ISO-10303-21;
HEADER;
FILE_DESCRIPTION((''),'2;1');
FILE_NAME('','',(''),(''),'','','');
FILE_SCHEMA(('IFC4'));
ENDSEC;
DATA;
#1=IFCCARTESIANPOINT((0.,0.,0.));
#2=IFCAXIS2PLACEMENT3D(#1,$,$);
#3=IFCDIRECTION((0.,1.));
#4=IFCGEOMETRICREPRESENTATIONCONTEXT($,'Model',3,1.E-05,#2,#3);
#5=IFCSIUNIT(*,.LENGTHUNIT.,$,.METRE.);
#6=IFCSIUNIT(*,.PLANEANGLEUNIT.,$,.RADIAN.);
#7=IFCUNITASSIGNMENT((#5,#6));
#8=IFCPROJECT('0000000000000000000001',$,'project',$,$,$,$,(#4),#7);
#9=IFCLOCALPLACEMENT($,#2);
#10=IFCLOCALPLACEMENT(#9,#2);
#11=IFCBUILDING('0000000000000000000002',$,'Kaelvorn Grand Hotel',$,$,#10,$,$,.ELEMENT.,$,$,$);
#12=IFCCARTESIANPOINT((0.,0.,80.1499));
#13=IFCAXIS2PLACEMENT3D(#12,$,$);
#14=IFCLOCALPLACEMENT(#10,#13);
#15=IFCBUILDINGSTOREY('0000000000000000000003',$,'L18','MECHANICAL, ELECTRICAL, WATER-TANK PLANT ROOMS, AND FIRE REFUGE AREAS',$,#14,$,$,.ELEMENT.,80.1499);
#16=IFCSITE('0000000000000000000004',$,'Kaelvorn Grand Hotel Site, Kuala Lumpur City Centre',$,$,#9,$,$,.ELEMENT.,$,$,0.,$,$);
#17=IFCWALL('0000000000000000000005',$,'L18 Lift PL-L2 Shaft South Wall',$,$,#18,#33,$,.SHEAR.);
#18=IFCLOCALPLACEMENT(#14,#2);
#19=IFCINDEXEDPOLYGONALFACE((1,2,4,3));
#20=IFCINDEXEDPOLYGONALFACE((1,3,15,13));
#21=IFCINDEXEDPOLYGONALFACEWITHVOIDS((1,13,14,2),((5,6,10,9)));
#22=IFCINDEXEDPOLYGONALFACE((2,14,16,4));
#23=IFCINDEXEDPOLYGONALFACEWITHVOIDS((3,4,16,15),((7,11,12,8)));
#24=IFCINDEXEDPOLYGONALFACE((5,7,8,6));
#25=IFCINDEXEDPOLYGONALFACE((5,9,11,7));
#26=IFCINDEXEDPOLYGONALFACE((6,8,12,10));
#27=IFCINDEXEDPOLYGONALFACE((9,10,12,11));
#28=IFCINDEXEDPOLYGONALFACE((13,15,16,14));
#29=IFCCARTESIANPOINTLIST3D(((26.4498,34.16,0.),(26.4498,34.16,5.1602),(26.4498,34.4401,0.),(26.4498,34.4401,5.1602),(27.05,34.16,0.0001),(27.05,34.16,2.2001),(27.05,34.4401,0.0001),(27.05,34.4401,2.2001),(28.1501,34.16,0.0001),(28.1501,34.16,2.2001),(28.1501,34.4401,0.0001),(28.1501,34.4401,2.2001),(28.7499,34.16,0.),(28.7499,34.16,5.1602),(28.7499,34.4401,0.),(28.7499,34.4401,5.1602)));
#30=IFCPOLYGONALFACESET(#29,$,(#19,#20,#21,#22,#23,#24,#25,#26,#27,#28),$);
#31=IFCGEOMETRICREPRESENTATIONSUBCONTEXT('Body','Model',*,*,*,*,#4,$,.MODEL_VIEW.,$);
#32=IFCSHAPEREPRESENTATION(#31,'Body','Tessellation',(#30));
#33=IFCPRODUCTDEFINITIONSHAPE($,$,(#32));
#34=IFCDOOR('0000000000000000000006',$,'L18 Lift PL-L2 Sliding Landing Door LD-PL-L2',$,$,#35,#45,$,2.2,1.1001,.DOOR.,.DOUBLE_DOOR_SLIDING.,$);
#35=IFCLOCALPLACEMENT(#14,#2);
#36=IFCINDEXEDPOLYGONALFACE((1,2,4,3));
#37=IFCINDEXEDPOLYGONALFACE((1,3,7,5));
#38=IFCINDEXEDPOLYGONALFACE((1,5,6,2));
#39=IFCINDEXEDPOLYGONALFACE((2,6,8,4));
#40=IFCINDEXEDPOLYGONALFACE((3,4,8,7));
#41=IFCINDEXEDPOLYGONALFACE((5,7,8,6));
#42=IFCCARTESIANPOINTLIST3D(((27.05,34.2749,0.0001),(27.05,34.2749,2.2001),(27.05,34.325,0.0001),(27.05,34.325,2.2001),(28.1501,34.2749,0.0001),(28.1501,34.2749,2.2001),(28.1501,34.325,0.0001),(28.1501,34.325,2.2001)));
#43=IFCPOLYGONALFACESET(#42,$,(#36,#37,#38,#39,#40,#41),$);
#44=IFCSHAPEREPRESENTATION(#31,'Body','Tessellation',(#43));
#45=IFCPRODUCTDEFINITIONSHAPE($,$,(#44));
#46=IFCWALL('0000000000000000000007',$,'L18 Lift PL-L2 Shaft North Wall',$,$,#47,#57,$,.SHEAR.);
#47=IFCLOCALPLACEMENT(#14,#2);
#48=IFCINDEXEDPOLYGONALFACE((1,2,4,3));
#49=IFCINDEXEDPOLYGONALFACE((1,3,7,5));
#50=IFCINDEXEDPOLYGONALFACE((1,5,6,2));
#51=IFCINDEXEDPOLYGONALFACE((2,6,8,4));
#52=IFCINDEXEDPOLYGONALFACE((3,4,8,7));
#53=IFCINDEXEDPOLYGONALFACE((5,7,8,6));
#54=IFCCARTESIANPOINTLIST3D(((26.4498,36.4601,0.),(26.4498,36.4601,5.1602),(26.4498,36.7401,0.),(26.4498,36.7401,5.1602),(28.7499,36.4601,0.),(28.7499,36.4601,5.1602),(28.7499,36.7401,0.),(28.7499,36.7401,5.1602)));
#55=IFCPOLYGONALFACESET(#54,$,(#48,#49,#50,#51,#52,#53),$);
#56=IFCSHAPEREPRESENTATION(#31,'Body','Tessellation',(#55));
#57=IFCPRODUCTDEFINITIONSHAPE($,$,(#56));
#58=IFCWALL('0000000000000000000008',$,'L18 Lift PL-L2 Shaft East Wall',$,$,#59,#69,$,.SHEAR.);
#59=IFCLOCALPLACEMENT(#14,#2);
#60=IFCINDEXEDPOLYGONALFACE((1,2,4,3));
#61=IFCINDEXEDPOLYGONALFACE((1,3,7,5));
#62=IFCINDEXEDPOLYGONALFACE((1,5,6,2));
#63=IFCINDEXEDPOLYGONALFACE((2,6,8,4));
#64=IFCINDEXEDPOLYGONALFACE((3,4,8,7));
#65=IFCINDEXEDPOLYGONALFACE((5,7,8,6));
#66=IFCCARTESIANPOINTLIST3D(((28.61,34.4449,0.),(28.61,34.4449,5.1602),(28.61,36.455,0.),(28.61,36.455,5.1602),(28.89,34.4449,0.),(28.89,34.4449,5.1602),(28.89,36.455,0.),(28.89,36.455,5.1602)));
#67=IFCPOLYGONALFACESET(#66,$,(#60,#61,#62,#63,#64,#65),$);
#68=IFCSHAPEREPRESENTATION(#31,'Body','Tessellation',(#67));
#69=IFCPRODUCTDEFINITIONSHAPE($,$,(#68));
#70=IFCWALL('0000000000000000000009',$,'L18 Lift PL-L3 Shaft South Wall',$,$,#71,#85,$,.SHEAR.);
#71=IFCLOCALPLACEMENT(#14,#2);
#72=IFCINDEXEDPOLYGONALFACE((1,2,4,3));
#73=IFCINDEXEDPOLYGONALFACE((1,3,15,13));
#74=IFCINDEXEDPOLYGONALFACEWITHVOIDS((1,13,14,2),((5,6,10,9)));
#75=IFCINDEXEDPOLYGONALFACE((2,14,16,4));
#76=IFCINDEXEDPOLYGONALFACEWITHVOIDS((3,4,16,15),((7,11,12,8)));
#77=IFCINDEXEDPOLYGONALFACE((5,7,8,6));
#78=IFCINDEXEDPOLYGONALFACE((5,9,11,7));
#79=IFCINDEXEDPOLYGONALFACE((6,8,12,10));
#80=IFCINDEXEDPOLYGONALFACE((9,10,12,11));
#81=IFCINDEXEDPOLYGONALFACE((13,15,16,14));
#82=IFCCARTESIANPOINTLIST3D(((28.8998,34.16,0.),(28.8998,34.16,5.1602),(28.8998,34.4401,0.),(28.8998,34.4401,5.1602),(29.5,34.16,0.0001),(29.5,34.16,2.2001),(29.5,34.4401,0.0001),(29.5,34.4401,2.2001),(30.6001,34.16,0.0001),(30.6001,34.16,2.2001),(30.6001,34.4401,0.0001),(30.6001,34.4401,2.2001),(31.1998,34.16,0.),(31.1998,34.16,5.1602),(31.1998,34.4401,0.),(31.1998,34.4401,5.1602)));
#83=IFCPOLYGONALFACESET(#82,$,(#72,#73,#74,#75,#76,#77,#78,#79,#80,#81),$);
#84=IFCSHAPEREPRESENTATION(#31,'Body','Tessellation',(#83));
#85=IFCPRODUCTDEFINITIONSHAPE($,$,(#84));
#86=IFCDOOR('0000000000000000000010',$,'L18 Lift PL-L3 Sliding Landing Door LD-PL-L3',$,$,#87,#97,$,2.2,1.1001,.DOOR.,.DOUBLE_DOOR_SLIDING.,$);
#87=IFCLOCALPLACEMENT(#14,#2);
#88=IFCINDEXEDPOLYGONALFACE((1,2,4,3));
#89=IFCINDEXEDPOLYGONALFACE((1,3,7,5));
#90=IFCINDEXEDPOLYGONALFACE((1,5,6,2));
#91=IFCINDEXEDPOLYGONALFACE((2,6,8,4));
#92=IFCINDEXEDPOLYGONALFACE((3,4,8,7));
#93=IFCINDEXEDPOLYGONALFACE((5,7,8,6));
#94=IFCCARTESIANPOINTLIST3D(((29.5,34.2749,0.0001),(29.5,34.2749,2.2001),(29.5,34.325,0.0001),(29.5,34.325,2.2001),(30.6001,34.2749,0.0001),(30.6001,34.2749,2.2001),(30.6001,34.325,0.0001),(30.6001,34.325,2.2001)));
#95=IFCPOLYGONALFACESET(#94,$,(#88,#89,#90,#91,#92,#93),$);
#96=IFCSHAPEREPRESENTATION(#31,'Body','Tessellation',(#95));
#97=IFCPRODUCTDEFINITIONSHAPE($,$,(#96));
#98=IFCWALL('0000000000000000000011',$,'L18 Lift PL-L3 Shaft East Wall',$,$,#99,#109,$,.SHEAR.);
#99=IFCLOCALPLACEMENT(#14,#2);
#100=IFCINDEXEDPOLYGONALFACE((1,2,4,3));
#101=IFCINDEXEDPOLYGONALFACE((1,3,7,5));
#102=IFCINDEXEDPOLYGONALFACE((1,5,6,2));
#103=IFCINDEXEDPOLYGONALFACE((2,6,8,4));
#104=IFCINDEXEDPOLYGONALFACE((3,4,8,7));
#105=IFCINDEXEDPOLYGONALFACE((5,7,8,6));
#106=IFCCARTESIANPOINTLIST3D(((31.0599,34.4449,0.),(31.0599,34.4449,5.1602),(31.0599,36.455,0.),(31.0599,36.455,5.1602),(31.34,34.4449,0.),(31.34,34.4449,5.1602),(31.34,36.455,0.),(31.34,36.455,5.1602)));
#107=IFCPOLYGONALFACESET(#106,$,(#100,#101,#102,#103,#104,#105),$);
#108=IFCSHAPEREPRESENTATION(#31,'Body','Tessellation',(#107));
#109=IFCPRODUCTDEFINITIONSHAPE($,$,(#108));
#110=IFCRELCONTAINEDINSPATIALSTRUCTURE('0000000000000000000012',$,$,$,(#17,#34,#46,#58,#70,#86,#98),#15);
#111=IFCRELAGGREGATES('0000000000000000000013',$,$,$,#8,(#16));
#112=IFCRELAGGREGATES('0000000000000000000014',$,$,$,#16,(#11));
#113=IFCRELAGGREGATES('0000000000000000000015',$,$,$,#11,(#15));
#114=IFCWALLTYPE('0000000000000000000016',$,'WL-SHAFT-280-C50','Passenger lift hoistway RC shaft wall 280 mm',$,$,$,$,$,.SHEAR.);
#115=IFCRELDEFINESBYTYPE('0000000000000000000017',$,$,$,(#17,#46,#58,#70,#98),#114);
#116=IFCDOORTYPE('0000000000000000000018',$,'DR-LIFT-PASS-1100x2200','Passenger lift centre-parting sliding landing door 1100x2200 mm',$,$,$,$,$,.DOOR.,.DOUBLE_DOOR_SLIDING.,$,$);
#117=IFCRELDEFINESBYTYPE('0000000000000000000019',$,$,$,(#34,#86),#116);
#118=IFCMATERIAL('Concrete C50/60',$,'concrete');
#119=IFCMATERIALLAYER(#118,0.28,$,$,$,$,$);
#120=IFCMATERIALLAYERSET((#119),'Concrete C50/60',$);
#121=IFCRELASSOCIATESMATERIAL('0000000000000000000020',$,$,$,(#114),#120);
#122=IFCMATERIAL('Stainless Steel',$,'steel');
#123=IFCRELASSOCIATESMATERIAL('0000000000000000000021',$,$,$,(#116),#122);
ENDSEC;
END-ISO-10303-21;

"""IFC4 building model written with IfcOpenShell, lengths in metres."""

from ifc_helpers import new_model, si_unit, direction, frame, frame_2d, origin, place, context, subcontext, project, spatial, rectangle, extrude, material, layer, layer_set, type_object, element, fill, save


model = new_model("IFC4")

# Units and contexts
model_context = context("Model", 3, precision=1e-05, world=origin(), true_north=direction((0.0, 1.0)))
body_context = subcontext(model_context, "Body", "Model", "MODEL_VIEW")
ifc_project = project(units=[si_unit("LENGTHUNIT", "METRE"), si_unit("PLANEANGLEUNIT", "RADIAN")], contexts=[model_context])

# Site, building, storey
site_placement = place(None, origin())
site = spatial("IfcSite", under=ifc_project, at=site_placement, Name="Kaelvorn Grand Hotel Site, Kuala Lumpur City Centre", CompositionType="ELEMENT", RefElevation=0.0)
building_placement = place(site_placement, origin())
building = spatial("IfcBuilding", under=site, at=building_placement, Name="Kaelvorn Grand Hotel", CompositionType="ELEMENT")
storey_placement = place(building_placement, frame((0.0, 0.0, 80.1499)))
storey = spatial("IfcBuildingStorey", under=building, at=storey_placement, Name="L18", Description="MECHANICAL, ELECTRICAL, WATER-TANK PLANT ROOMS, AND FIRE REFUGE AREAS", CompositionType="ELEMENT", Elevation=80.1499)

# Shared definitions
ifc_material_1 = material(Name="Concrete C50/60", Category="concrete")
ifc_layer_1 = layer(ifc_material_1, 0.28)
ifc_layer_set_1 = layer_set([ifc_layer_1], Name="Concrete C50/60")
wall_type_1 = type_object("IfcWallType", Name="WL-SHAFT-280-C50", Description="Passenger lift hoistway RC shaft wall 280 mm", PredefinedType="SHEAR", material=ifc_layer_set_1)
ifc_material_2 = material(Name="Stainless Steel", Category="steel")
door_type_1 = type_object("IfcDoorType", Name="DR-LIFT-PASS-1100x2200", Description="Passenger lift centre-parting sliding landing door 1100x2200 mm", OperationType="DOUBLE_DOOR_SLIDING", PredefinedType="DOOR", material=ifc_material_2)

# Wall, opening, door
wall_1_placement = place(storey_placement, frame((26.45, 34.3, 0.0), z_axis=(0.0, 0.0, 1.0), x_axis=(1.0, 0.0, 0.0)))
wall_1 = element("IfcWall", 1, at=wall_1_placement, inside=storey, type_object=wall_type_1, Name="L18 Lift PL-L2 Shaft South Wall", PredefinedType="SHEAR", context=body_context, shape_type="SweptSolid", body=[
    extrude(rectangle(XDim=2.3, YDim=0.28, at=frame_2d((1.1499, 0.0))), origin(), (0.0, 0.0, 1.0), 5.1602),
])
opening_1_placement = place(wall_1_placement, frame((0.6001, 0.0, 0.0)))
opening_1 = element("IfcOpeningElement", 2, at=opening_1_placement, cuts=wall_1, PredefinedType="OPENING", context=body_context, shape_type="SweptSolid", body=[
    extrude(rectangle(XDim=1.1001, YDim=2.2, at=frame_2d((0.55, 1.1001))), frame((0.0, 0.1499, 0.0), z_axis=(0.0, -1.0, 0.0), x_axis=(1.0, 0.0, 0.0)), (0.0, 0.0, 1.0), 0.3),
])
door_1_placement = place(opening_1_placement, origin())
door_1 = element("IfcDoor", 3, at=door_1_placement, inside=storey, type_object=door_type_1, Name="L18 Lift PL-L2 Sliding Landing Door LD-PL-L2", OperationType="DOUBLE_DOOR_SLIDING", OverallHeight=2.2, OverallWidth=1.1001, PredefinedType="DOOR", context=body_context, shape_type="SweptSolid", body=[
    extrude(rectangle(XDim=1.1001, YDim=2.2, at=frame_2d((0.55, 1.1001))), frame((0.0, 0.0249, 0.0), z_axis=(0.0, -1.0, 0.0), x_axis=(1.0, 0.0, 0.0)), (0.0, 0.0, 1.0), 0.05),
])
fill(opening_1, door_1)

# Walls
wall_2_placement = place(storey_placement, frame((26.45, 36.6001, 0.0), z_axis=(0.0, 0.0, 1.0), x_axis=(1.0, 0.0, 0.0)))
element("IfcWall", 4, at=wall_2_placement, inside=storey, type_object=wall_type_1, Name="L18 Lift PL-L2 Shaft North Wall", PredefinedType="SHEAR", context=body_context, shape_type="SweptSolid", body=[
    extrude(rectangle(XDim=2.3, YDim=0.28, at=frame_2d((1.1499, 0.0))), origin(), (0.0, 0.0, 1.0), 5.1602),
])
wall_3_placement = place(storey_placement, frame((28.75, 34.4451, 0.0), z_axis=(0.0, 0.0, 1.0), x_axis=(0.0, 1.0, 0.0)))
element("IfcWall", 5, at=wall_3_placement, inside=storey, type_object=wall_type_1, Name="L18 Lift PL-L2 Shaft East Wall", PredefinedType="SHEAR", context=body_context, shape_type="SweptSolid", body=[
    extrude(rectangle(XDim=2.01, YDim=0.28, at=frame_2d((1.0049, 0.0))), origin(), (0.0, 0.0, 1.0), 5.1602),
])

# Wall, opening, door
wall_4_placement = place(storey_placement, frame((28.8999, 34.3, 0.0), z_axis=(0.0, 0.0, 1.0), x_axis=(1.0, 0.0, 0.0)))
wall_4 = element("IfcWall", 6, at=wall_4_placement, inside=storey, type_object=wall_type_1, Name="L18 Lift PL-L3 Shaft South Wall", PredefinedType="SHEAR", context=body_context, shape_type="SweptSolid", body=[
    extrude(rectangle(XDim=2.3, YDim=0.28, at=frame_2d((1.1499, 0.0))), origin(), (0.0, 0.0, 1.0), 5.1602),
])
opening_2_placement = place(wall_4_placement, frame((0.6001, 0.0, 0.0)))
opening_2 = element("IfcOpeningElement", 7, at=opening_2_placement, cuts=wall_4, PredefinedType="OPENING", context=body_context, shape_type="SweptSolid", body=[
    extrude(rectangle(XDim=1.1001, YDim=2.2, at=frame_2d((0.55, 1.1001))), frame((0.0, 0.1499, 0.0), z_axis=(0.0, -1.0, 0.0), x_axis=(1.0, 0.0, 0.0)), (0.0, 0.0, 1.0), 0.3),
])
door_2_placement = place(opening_2_placement, origin())
door_2 = element("IfcDoor", 8, at=door_2_placement, inside=storey, type_object=door_type_1, Name="L18 Lift PL-L3 Sliding Landing Door LD-PL-L3", OperationType="DOUBLE_DOOR_SLIDING", OverallHeight=2.2, OverallWidth=1.1001, PredefinedType="DOOR", context=body_context, shape_type="SweptSolid", body=[
    extrude(rectangle(XDim=1.1001, YDim=2.2, at=frame_2d((0.55, 1.1001))), frame((0.0, 0.0249, 0.0), z_axis=(0.0, -1.0, 0.0), x_axis=(1.0, 0.0, 0.0)), (0.0, 0.0, 1.0), 0.05),
])
fill(opening_2, door_2)

# Wall
wall_5_placement = place(storey_placement, frame((31.2, 34.4451, 0.0), z_axis=(0.0, 0.0, 1.0), x_axis=(0.0, 1.0, 0.0)))
element("IfcWall", 9, at=wall_5_placement, inside=storey, type_object=wall_type_1, Name="L18 Lift PL-L3 Shaft East Wall", PredefinedType="SHEAR", context=body_context, shape_type="SweptSolid", body=[
    extrude(rectangle(XDim=2.01, YDim=0.28, at=frame_2d((1.0049, 0.0))), origin(), (0.0, 0.0, 1.0), 5.1602),
])

save(model, "model.ifc")
